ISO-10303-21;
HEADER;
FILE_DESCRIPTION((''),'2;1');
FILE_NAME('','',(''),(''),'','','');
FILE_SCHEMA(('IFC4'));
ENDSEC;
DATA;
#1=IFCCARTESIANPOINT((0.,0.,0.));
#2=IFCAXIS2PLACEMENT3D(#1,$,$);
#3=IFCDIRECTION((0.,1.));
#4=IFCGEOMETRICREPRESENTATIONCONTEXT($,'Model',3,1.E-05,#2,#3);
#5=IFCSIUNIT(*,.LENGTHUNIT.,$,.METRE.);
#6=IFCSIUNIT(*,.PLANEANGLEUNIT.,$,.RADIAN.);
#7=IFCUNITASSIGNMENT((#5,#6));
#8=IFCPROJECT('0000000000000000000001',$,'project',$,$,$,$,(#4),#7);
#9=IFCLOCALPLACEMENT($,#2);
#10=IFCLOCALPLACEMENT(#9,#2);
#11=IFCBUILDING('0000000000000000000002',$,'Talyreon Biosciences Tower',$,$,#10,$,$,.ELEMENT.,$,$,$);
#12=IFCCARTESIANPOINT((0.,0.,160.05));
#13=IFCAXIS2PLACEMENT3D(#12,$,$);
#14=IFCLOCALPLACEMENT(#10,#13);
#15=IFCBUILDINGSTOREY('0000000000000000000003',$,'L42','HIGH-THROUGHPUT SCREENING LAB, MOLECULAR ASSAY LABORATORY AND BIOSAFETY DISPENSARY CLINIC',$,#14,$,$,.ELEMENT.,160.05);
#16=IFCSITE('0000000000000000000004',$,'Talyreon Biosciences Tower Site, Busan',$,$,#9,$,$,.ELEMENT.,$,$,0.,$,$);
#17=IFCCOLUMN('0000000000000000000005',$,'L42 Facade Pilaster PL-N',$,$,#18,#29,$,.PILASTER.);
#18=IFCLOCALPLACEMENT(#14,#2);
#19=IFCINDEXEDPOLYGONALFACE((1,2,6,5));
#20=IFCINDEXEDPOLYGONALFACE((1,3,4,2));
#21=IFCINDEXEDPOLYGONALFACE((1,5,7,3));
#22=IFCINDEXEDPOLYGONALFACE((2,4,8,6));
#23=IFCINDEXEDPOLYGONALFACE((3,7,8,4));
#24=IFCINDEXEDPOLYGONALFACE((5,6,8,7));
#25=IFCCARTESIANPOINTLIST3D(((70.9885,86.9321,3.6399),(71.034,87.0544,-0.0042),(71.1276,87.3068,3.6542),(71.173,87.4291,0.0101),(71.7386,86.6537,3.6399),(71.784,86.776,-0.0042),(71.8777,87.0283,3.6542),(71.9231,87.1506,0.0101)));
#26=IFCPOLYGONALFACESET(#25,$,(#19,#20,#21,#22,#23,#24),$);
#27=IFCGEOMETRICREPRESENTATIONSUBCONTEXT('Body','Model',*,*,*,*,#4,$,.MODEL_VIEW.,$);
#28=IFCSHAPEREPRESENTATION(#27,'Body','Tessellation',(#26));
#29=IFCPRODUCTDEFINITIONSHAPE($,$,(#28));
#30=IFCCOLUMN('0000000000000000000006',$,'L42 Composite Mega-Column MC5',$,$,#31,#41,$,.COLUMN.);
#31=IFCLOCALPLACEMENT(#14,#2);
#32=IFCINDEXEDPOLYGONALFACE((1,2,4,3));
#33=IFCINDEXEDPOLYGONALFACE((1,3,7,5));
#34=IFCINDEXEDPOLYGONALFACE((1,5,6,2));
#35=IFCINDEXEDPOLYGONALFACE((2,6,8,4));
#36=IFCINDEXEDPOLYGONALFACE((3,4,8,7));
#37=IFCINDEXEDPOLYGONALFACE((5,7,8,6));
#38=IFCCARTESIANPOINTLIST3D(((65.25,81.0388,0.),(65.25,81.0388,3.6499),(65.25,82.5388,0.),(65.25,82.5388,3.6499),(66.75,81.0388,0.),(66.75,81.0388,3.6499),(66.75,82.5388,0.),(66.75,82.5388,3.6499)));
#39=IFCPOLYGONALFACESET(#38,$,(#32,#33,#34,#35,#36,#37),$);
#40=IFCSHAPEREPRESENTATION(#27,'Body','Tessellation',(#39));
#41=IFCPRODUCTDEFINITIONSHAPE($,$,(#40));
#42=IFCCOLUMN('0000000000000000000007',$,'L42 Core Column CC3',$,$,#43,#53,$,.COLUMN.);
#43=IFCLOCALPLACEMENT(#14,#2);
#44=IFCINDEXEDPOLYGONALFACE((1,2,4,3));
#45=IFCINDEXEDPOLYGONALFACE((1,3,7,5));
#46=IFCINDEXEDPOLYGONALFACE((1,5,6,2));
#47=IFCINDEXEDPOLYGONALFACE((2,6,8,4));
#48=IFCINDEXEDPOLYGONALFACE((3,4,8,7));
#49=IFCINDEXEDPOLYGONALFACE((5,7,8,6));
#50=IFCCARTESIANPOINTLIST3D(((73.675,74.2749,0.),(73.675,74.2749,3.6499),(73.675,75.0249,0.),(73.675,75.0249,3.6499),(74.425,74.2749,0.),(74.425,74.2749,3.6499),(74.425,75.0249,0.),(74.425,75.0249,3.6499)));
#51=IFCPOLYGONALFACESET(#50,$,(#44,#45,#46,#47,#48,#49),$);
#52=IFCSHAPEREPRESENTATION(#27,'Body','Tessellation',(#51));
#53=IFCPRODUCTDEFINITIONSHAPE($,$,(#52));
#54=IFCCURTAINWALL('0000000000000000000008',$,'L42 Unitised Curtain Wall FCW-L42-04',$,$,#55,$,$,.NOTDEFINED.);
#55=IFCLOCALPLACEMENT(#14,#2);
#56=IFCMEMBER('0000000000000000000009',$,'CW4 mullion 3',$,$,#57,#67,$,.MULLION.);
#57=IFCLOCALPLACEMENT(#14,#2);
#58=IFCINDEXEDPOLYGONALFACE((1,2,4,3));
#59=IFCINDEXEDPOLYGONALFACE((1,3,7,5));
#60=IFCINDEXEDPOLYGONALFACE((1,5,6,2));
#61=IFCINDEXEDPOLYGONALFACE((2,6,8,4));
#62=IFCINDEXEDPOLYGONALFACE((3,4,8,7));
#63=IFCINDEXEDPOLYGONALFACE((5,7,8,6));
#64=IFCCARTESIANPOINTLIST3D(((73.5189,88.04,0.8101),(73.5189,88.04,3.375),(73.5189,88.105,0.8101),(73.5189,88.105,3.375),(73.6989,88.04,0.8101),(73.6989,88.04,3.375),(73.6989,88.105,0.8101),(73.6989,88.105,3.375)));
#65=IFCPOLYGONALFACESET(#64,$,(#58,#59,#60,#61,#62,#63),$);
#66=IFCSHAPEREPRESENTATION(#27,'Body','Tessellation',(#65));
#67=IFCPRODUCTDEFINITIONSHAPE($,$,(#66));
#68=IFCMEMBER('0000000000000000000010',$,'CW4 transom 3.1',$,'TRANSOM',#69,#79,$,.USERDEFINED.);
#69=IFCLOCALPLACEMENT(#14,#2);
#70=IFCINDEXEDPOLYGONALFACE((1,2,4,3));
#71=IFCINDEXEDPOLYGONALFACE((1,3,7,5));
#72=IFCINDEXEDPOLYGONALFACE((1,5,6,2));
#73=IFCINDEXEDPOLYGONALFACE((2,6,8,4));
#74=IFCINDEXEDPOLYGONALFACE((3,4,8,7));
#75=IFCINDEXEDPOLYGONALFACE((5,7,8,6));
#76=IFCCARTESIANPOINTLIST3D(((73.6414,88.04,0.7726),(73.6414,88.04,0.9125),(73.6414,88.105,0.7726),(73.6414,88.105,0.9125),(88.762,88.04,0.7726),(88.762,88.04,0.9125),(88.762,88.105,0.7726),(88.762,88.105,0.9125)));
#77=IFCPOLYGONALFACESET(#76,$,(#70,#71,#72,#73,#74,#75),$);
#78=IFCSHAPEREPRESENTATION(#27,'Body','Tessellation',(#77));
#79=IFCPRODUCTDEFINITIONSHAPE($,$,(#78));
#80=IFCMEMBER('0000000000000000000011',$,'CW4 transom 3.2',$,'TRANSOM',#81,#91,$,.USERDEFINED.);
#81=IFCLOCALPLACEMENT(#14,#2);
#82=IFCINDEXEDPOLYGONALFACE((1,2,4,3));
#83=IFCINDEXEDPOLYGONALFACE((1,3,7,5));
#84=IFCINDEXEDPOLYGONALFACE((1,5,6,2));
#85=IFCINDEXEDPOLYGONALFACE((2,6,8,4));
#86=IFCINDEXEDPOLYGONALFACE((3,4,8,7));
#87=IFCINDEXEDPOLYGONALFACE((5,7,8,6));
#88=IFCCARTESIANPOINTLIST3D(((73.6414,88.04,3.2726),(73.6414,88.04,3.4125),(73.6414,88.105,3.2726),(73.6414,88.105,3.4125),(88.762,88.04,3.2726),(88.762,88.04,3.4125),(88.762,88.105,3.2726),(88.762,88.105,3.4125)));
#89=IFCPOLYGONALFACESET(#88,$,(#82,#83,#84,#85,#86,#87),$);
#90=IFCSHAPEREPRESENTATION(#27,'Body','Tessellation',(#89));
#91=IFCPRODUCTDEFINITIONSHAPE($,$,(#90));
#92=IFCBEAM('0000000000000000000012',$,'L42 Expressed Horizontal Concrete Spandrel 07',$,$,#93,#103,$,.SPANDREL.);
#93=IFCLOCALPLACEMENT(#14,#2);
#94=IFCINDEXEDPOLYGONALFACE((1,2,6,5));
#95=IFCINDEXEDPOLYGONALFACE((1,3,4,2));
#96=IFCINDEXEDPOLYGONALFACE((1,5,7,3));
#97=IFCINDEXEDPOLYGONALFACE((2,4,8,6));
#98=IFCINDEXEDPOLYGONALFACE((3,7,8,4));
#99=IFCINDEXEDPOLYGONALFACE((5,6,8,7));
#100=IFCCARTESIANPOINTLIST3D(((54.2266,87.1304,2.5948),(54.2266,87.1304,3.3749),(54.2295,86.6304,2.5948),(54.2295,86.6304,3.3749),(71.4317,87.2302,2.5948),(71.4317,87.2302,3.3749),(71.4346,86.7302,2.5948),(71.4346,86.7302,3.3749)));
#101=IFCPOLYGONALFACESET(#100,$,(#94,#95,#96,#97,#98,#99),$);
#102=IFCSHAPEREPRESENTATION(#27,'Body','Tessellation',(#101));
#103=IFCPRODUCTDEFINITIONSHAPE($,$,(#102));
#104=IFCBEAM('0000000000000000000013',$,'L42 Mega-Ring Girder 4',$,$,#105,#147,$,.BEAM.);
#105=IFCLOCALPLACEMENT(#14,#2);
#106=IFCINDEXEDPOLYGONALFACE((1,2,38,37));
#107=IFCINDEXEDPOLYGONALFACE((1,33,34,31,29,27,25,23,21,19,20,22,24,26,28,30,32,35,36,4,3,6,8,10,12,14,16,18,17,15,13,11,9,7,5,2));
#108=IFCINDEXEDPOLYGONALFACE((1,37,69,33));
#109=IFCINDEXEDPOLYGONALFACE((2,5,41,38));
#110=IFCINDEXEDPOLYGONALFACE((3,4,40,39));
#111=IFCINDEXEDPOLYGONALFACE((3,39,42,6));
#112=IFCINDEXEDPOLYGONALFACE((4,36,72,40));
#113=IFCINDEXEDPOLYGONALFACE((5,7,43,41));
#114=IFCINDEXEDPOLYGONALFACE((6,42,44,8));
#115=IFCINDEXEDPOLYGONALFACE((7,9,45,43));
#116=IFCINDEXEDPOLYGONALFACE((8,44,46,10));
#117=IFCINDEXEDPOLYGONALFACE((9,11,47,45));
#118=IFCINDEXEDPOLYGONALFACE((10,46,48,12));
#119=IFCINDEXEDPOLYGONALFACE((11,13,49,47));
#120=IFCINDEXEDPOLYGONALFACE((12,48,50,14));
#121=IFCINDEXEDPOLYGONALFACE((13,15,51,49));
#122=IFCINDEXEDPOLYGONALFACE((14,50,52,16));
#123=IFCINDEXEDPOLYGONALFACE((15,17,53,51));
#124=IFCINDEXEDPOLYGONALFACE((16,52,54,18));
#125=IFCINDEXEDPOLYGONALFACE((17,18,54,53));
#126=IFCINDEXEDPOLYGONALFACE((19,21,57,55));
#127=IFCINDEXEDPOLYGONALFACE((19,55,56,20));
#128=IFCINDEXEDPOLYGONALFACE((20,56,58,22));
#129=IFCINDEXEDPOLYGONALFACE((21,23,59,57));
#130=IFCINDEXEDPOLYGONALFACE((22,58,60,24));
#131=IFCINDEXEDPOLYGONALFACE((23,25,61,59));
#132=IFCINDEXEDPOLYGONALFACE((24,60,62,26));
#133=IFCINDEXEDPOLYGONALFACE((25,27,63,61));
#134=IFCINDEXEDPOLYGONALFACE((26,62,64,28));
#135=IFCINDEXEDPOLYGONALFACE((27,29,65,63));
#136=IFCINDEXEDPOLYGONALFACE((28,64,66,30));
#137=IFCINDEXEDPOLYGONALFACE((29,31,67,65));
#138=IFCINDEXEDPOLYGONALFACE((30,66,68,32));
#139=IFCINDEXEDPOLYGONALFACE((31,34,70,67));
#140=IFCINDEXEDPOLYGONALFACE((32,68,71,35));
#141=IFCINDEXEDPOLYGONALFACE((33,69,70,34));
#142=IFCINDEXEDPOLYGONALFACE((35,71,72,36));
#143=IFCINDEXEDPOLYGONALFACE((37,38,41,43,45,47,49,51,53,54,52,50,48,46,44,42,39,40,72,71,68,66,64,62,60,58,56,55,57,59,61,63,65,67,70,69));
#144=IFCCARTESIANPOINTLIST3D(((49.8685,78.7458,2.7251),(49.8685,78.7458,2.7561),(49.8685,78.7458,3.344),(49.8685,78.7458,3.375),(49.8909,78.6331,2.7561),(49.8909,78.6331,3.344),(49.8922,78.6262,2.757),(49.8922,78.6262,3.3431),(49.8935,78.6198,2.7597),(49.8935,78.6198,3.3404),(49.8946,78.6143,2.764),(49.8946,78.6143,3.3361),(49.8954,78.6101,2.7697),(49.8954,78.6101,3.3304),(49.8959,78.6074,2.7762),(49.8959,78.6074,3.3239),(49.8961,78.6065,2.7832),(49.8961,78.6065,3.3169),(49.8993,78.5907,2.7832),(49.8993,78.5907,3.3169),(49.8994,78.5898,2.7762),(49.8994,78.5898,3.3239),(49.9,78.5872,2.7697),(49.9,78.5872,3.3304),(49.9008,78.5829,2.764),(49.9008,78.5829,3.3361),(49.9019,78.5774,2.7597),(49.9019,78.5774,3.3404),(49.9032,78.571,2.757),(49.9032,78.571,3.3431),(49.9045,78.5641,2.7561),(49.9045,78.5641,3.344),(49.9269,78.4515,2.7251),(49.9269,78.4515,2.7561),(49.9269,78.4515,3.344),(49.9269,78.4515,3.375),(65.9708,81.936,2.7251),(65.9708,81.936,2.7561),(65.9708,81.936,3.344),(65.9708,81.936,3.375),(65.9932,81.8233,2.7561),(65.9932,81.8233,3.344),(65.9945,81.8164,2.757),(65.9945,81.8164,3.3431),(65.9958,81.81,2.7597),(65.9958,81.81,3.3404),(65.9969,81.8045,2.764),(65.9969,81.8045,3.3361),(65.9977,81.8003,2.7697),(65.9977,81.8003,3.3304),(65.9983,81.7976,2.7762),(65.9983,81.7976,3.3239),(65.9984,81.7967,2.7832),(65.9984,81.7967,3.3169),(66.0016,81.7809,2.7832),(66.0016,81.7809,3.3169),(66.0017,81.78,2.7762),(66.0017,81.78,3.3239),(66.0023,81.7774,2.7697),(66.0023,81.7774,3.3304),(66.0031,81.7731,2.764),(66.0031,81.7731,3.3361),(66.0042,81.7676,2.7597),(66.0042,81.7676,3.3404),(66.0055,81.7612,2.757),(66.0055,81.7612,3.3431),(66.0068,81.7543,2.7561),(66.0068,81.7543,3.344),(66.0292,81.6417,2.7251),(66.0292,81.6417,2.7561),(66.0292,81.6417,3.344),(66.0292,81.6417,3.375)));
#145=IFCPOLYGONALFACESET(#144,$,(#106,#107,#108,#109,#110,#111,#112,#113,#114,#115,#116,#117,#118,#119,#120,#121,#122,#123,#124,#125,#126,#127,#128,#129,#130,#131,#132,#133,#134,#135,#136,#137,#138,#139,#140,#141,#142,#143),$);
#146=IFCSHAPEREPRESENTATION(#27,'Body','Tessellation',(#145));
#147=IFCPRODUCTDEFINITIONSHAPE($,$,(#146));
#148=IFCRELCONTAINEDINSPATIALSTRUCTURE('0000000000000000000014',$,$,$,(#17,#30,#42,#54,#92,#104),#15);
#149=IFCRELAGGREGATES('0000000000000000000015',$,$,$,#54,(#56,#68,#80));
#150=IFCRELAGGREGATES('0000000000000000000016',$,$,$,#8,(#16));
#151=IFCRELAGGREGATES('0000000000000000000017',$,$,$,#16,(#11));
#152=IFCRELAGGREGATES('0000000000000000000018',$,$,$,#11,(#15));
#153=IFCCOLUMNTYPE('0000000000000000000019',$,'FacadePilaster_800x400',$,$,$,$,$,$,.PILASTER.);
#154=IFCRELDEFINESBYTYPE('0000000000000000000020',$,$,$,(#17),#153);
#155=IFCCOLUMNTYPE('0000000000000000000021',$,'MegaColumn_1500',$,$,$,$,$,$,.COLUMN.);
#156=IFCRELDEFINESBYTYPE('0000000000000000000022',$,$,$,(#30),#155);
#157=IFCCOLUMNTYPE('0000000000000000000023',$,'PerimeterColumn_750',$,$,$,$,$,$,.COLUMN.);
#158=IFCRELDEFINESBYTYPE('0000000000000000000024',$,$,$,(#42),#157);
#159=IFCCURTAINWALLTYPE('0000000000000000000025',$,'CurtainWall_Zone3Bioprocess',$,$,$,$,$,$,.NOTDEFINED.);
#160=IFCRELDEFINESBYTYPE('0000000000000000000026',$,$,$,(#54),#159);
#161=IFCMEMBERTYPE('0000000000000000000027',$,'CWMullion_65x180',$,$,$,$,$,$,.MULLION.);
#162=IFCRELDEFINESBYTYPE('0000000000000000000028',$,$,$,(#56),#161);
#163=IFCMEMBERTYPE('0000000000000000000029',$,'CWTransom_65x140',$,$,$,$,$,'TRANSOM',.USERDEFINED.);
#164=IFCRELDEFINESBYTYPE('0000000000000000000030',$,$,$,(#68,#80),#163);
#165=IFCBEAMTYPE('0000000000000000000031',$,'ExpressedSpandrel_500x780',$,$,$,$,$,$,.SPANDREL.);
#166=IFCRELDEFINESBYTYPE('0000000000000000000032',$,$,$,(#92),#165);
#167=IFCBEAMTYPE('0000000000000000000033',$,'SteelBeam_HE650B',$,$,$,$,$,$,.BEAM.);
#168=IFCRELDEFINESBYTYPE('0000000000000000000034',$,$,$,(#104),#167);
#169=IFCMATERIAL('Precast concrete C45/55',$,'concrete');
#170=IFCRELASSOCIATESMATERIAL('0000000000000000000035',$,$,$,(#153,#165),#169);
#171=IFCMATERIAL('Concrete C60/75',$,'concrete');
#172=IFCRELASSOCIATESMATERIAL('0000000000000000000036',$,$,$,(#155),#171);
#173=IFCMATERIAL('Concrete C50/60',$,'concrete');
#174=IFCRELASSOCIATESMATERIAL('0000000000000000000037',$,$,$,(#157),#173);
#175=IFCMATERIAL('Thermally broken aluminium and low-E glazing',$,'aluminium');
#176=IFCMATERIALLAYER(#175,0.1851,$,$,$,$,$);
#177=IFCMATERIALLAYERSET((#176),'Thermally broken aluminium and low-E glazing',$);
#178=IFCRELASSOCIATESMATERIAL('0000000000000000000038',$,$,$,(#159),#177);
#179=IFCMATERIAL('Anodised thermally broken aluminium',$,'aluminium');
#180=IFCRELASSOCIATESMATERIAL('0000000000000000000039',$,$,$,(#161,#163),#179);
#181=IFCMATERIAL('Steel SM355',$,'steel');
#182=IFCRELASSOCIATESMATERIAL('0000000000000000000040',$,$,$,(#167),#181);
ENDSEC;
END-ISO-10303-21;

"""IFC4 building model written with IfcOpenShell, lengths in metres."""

from ifc_helpers import new_model, si_unit, direction, frame, origin, origin_2d, place, context, subcontext, project, spatial, rectangle, i_section, extrude, material, layer, layer_set, material_profile, profile_set, type_object, element, aggregate, save


model = new_model("IFC4")

# Units and contexts
model_context = context("Model", 3, precision=1e-05, world=origin(), true_north=direction((0.0, 1.0)))
body_context = subcontext(model_context, "Body", "Model", "MODEL_VIEW")
ifc_project = project(units=[si_unit("LENGTHUNIT", "METRE"), si_unit("PLANEANGLEUNIT", "RADIAN")], contexts=[model_context])

# Site, building, storey
site_placement = place(None, origin())
site = spatial("IfcSite", under=ifc_project, at=site_placement, Name="Talyreon Biosciences Tower Site, Busan", CompositionType="ELEMENT", RefElevation=0.0)
building_placement = place(site_placement, origin())
building = spatial("IfcBuilding", under=site, at=building_placement, Name="Talyreon Biosciences Tower", CompositionType="ELEMENT")
storey_placement = place(building_placement, frame((0.0, 0.0, 160.05)))
storey = spatial("IfcBuildingStorey", under=building, at=storey_placement, Name="L42", Description="HIGH-THROUGHPUT SCREENING LAB, MOLECULAR ASSAY LABORATORY AND BIOSAFETY DISPENSARY CLINIC", CompositionType="ELEMENT", Elevation=160.05)

# Columns
ifc_material_1 = material(Name="Precast concrete C45/55", Category="concrete")
ifc_material_profile_1 = material_profile(ifc_material_1, rectangle(XDim=0.8, YDim=0.3999, at=origin_2d()), Name="RC 800x400")
ifc_profile_set_1 = profile_set([ifc_material_profile_1], Name="Precast concrete C45/55")
column_type_1 = type_object("IfcColumnType", Name="FacadePilaster_800x400", PredefinedType="PILASTER", material=ifc_profile_set_1)
column_1_placement = place(storey_placement, frame((71.4785, 87.1025, 0.0029), z_axis=(-0.012453, -0.033544, 0.99936), x_axis=(-0.937478, 0.348046, 0.0)))
element("IfcColumn", 1, at=column_1_placement, inside=storey, type_object=column_type_1, Name="L42 Facade Pilaster PL-N", PredefinedType="PILASTER", context=body_context, shape_type="SweptSolid", body=[
    extrude(rectangle(XDim=0.8, YDim=0.3999, at=origin_2d()), origin(), (0.0, 0.0, 1.0), 3.6465),
])
ifc_material_2 = material(Name="Concrete C60/75", Category="concrete")
ifc_material_profile_2 = material_profile(ifc_material_2, rectangle(XDim=1.5, YDim=1.5, at=origin_2d()), Name="RC 1500x1500")
ifc_profile_set_2 = profile_set([ifc_material_profile_2], Name="Concrete C60/75")
column_type_2 = type_object("IfcColumnType", Name="MegaColumn_1500", PredefinedType="COLUMN", material=ifc_profile_set_2)
column_2_placement = place(storey_placement, frame((66.0, 81.7888, 0.0), z_axis=(0.0, 0.0, 1.0), x_axis=(1.0, 0.0, 0.0)))
element("IfcColumn", 2, at=column_2_placement, inside=storey, type_object=column_type_2, Name="L42 Composite Mega-Column MC5", PredefinedType="COLUMN", context=body_context, shape_type="SweptSolid", body=[
    extrude(rectangle(XDim=1.5, YDim=1.5, at=origin_2d()), origin(), (0.0, 0.0, 1.0), 3.6499),
])
ifc_material_3 = material(Name="Concrete C50/60", Category="concrete")
ifc_material_profile_3 = material_profile(ifc_material_3, rectangle(XDim=0.75, YDim=0.75, at=origin_2d()), Name="RC 750x750")
ifc_profile_set_3 = profile_set([ifc_material_profile_3], Name="Concrete C50/60")
column_type_3 = type_object("IfcColumnType", Name="PerimeterColumn_750", PredefinedType="COLUMN", material=ifc_profile_set_3)
column_3_placement = place(storey_placement, frame((74.05, 74.6499, 0.0), z_axis=(0.0, 0.0, 1.0), x_axis=(1.0, 0.0, 0.0)))
element("IfcColumn", 3, at=column_3_placement, inside=storey, type_object=column_type_3, Name="L42 Core Column CC3", PredefinedType="COLUMN", context=body_context, shape_type="SweptSolid", body=[
    extrude(rectangle(XDim=0.75, YDim=0.75, at=origin_2d()), origin(), (0.0, 0.0, 1.0), 3.6499),
])

# Curtain wall, members
ifc_material_4 = material(Name="Thermally broken aluminium and low-E glazing", Category="aluminium")
ifc_layer_1 = layer(ifc_material_4, 0.1851)
ifc_layer_set_1 = layer_set([ifc_layer_1], Name="Thermally broken aluminium and low-E glazing")
curtain_wall_type = type_object("IfcCurtainWallType", Name="CurtainWall_Zone3Bioprocess", PredefinedType="NOTDEFINED", material=ifc_layer_set_1)
curtain_wall_placement = place(storey_placement, origin())
curtain_wall = element("IfcCurtainWall", 4, at=curtain_wall_placement, inside=storey, type_object=curtain_wall_type, Name="L42 Unitised Curtain Wall FCW-L42-04", PredefinedType="NOTDEFINED")
ifc_material_5 = material(Name="Anodised thermally broken aluminium", Category="aluminium")
ifc_material_profile_4 = material_profile(ifc_material_5, rectangle(XDim=0.0649, YDim=0.1799, at=origin_2d()), Name="ALUM MULLION 65x180")
ifc_profile_set_4 = profile_set([ifc_material_profile_4], Name="Anodised thermally broken aluminium")
member_type_1 = type_object("IfcMemberType", Name="CWMullion_65x180", PredefinedType="MULLION", material=ifc_profile_set_4)
member_1_placement = place(storey_placement, frame((73.6089, 88.0725, 0.8101), z_axis=(0.0, 0.0, 1.0), x_axis=(0.0, 1.0, 0.0)))
member_1 = element("IfcMember", 5, at=member_1_placement, type_object=member_type_1, Name="CW4 mullion 3", PredefinedType="MULLION", context=body_context, shape_type="SweptSolid", body=[
    extrude(rectangle(XDim=0.0649, YDim=0.1799, at=origin_2d()), origin(), (0.0, 0.0, 1.0), 2.5649),
])
ifc_material_profile_5 = material_profile(ifc_material_5, rectangle(XDim=0.0649, YDim=0.1399, at=origin_2d()), Name="ALUM TRANSOM 65x140")
ifc_profile_set_5 = profile_set([ifc_material_profile_5], Name="Anodised thermally broken aluminium")
member_type_2 = type_object("IfcMemberType", Name="CWTransom_65x140", ElementType="TRANSOM", PredefinedType="USERDEFINED", material=ifc_profile_set_5)
member_2_placement = place(storey_placement, frame((73.6414, 88.0725, 0.8425), z_axis=(1.0, 0.0, 0.0), x_axis=(0.0, 1.0, 0.0)))
member_2 = element("IfcMember", 6, at=member_2_placement, type_object=member_type_2, Name="CW4 transom 3.1", ObjectType="TRANSOM", PredefinedType="USERDEFINED", context=body_context, shape_type="SweptSolid", body=[
    extrude(rectangle(XDim=0.0649, YDim=0.1399, at=origin_2d()), origin(), (0.0, 0.0, 1.0), 15.1206),
])
member_3_placement = place(storey_placement, frame((73.6414, 88.0725, 3.3425), z_axis=(1.0, 0.0, 0.0), x_axis=(0.0, 1.0, 0.0)))
member_3 = element("IfcMember", 7, at=member_3_placement, type_object=member_type_2, Name="CW4 transom 3.2", ObjectType="TRANSOM", PredefinedType="USERDEFINED", context=body_context, shape_type="SweptSolid", body=[
    extrude(rectangle(XDim=0.0649, YDim=0.1399, at=origin_2d()), origin(), (0.0, 0.0, 1.0), 15.1206),
])

# Beams
ifc_material_profile_6 = material_profile(ifc_material_1, rectangle(XDim=0.5, YDim=0.78, at=origin_2d()), Name="RCB 500x780")
ifc_profile_set_6 = profile_set([ifc_material_profile_6], Name="Precast concrete C45/55")
beam_type_1 = type_object("IfcBeamType", Name="ExpressedSpandrel_500x780", PredefinedType="SPANDREL", material=ifc_profile_set_6)
beam_1_placement = place(storey_placement, frame((71.4331, 86.9802, 2.9849), z_axis=(-0.999983, -0.005804, 0.0), x_axis=(0.005804, -0.999983, 0.0)))
element("IfcBeam", 8, at=beam_1_placement, inside=storey, type_object=beam_type_1, Name="L42 Expressed Horizontal Concrete Spandrel 07", PredefinedType="SPANDREL", context=body_context, shape_type="SweptSolid", body=[
    extrude(rectangle(XDim=0.5, YDim=0.78, at=origin_2d()), origin(), (0.0, 0.0, 1.0), 17.2053),
])
ifc_material_6 = material(Name="Steel SM355", Category="steel")
ifc_material_profile_7 = material_profile(ifc_material_6, i_section(OverallWidth=0.3, OverallDepth=0.6499, WebThickness=0.0161, FlangeThickness=0.031, FilletRadius=0.0271, at=origin_2d()), Name="HE650B")
ifc_profile_set_7 = profile_set([ifc_material_profile_7], Name="Steel SM355")
beam_type_2 = type_object("IfcBeamType", Name="SteelBeam_HE650B", PredefinedType="BEAM", material=ifc_profile_set_7)
beam_2_placement = place(storey_placement, frame((66.0, 81.7888, 3.05), z_axis=(-0.980934, -0.194343, 0.0), x_axis=(0.194343, -0.980934, 0.0)))
element("IfcBeam", 9, at=beam_2_placement, inside=storey, type_object=beam_type_2, Name="L42 Mega-Ring Girder 4", PredefinedType="BEAM", context=body_context, shape_type="SweptSolid", body=[
    extrude(i_section(OverallWidth=0.3, OverallDepth=0.6499, WebThickness=0.0161, FlangeThickness=0.031, FilletRadius=0.0271, at=origin_2d()), origin(), (0.0, 0.0, 1.0), 16.4153),
])

aggregate(curtain_wall, [member_1, member_2, member_3])

save(model, "model.ifc")
